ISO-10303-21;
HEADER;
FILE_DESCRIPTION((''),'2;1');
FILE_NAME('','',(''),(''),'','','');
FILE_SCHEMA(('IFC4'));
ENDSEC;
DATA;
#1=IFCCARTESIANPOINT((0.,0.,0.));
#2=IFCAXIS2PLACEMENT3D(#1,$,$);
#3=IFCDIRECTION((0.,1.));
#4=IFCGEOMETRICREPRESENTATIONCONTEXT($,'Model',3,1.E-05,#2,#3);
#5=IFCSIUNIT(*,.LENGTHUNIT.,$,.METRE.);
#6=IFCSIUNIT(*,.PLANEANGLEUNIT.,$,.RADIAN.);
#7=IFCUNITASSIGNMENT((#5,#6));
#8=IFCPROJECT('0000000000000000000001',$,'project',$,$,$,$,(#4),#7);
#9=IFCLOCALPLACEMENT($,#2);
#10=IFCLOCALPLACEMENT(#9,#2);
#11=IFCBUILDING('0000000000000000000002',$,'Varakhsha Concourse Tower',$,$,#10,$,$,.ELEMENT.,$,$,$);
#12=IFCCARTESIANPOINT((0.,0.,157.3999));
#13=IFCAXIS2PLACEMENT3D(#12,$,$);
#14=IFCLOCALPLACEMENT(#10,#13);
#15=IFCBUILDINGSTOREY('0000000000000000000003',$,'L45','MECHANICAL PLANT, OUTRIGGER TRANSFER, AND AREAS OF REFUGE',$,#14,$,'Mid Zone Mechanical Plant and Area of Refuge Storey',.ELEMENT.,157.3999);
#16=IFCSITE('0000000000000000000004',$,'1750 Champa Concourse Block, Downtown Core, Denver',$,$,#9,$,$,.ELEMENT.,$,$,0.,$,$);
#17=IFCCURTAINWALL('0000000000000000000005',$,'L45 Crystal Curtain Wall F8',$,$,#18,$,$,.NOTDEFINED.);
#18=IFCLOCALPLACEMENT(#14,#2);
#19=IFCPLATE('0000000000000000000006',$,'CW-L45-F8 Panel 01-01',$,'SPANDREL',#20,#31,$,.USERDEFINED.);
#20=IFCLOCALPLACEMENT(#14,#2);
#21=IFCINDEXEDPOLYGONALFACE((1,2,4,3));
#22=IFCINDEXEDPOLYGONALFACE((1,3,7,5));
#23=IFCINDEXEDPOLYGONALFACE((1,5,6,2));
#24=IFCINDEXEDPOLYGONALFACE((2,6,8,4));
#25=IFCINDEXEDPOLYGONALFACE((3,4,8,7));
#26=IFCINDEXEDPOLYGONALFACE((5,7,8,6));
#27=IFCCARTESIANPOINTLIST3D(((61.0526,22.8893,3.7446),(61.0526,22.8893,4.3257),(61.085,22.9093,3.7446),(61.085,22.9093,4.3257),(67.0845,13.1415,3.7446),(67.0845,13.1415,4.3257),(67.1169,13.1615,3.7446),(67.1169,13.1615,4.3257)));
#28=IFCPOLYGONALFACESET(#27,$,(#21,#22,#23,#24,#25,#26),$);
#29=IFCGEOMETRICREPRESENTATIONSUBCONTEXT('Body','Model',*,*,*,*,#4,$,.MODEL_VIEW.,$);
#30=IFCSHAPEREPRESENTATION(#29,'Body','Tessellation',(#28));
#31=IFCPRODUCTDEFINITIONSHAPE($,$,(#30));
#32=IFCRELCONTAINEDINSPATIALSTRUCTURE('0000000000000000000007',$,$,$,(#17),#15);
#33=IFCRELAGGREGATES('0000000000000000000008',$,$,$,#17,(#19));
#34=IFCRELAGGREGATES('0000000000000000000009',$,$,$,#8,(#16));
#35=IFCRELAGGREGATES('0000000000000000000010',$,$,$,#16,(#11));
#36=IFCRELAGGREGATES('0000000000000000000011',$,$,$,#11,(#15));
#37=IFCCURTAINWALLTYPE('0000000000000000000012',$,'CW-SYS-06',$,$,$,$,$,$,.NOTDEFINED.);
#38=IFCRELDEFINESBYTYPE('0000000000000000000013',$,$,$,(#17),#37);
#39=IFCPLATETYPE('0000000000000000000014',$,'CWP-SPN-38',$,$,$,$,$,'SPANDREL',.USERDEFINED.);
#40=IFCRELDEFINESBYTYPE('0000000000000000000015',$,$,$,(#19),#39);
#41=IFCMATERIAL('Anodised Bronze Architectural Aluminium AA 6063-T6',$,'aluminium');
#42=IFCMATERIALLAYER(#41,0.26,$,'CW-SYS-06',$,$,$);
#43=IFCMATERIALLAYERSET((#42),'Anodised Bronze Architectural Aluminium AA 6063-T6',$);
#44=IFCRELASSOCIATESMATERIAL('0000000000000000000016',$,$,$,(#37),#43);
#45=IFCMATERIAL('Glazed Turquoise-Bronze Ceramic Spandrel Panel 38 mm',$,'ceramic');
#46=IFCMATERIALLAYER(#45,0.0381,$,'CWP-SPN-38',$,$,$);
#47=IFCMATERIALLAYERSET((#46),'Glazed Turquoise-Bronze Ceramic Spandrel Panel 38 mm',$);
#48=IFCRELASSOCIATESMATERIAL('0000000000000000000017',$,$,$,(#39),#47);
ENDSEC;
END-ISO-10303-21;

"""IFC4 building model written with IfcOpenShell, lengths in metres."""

from ifc_helpers import new_model, si_unit, direction, frame, origin, origin_2d, place, context, subcontext, project, spatial, rectangle, extrude, source, transform, mapped, material, layer, layer_set, type_object, type_shapes, element, aggregate, save


model = new_model("IFC4")

# Units and contexts
model_context = context("Model", 3, precision=1e-05, world=origin(), true_north=direction((0.0, 1.0)))
body_context = subcontext(model_context, "Body", "Model", "MODEL_VIEW")
ifc_project = project(units=[si_unit("LENGTHUNIT", "METRE"), si_unit("PLANEANGLEUNIT", "RADIAN")], contexts=[model_context])

# Site, building, storey
site_placement = place(None, origin())
site = spatial("IfcSite", under=ifc_project, at=site_placement, Name="1750 Champa Concourse Block, Downtown Core, Denver", CompositionType="ELEMENT", RefElevation=0.0)
building_placement = place(site_placement, origin())
building = spatial("IfcBuilding", under=site, at=building_placement, Name="Varakhsha Concourse Tower", CompositionType="ELEMENT")
storey_placement = place(building_placement, frame((0.0, 0.0, 157.3999)))
storey = spatial("IfcBuildingStorey", under=building, at=storey_placement, Name="L45", Description="MECHANICAL PLANT, OUTRIGGER TRANSFER, AND AREAS OF REFUGE", LongName="Mid Zone Mechanical Plant and Area of Refuge Storey", CompositionType="ELEMENT", Elevation=157.3999)

# Curtain wall
ifc_material_1 = material(Name="Anodised Bronze Architectural Aluminium AA 6063-T6", Category="aluminium")
ifc_layer_1 = layer(ifc_material_1, 0.26, Name="CW-SYS-06")
ifc_layer_set_1 = layer_set([ifc_layer_1], Name="Anodised Bronze Architectural Aluminium AA 6063-T6")
curtain_wall_type = type_object("IfcCurtainWallType", Name="CW-SYS-06", PredefinedType="NOTDEFINED", material=ifc_layer_set_1)
curtain_wall_1_placement = place(storey_placement, origin())
curtain_wall_1 = element("IfcCurtainWall", 1, at=curtain_wall_1_placement, inside=storey, type_object=curtain_wall_type, Name="L45 Crystal Curtain Wall F8", PredefinedType="NOTDEFINED")

# Plate
ifc_material_2 = material(Name="Glazed Turquoise-Bronze Ceramic Spandrel Panel 38 mm", Category="ceramic")
ifc_layer_2 = layer(ifc_material_2, 0.0381, Name="CWP-SPN-38")
ifc_layer_set_2 = layer_set([ifc_layer_2], Name="Glazed Turquoise-Bronze Ceramic Spandrel Panel 38 mm")
plate_type_1 = type_object("IfcPlateType", Name="CWP-SPN-38", ElementType="SPANDREL", PredefinedType="USERDEFINED", material=ifc_layer_set_2)
shared_shape_1 = source(origin(), body_context, "Body", "SweptSolid", [
    extrude(rectangle(XDim=11.4631, YDim=0.0381, at=origin_2d()), origin(), (0.0, 0.0, 1.0), 0.5811),
])
type_shapes(plate_type_1, [shared_shape_1])
plate_1_placement = place(storey_placement, frame((64.0847, 18.0254, 3.7446), z_axis=(0.0, 0.0, 1.0), x_axis=(0.526199, -0.850361, 0.0)))
plate_1 = element("IfcPlate", 2, at=plate_1_placement, type_object=plate_type_1, Name="CW-L45-F8 Panel 01-01", ObjectType="SPANDREL", PredefinedType="USERDEFINED", context=body_context, shape_type="MappedRepresentation", body=[
    mapped(shared_shape_1, transform((0.0, 0.0, 0.0), scale=1.0)),
])
aggregate(curtain_wall_1, [plate_1])

save(model, "model.ifc")
